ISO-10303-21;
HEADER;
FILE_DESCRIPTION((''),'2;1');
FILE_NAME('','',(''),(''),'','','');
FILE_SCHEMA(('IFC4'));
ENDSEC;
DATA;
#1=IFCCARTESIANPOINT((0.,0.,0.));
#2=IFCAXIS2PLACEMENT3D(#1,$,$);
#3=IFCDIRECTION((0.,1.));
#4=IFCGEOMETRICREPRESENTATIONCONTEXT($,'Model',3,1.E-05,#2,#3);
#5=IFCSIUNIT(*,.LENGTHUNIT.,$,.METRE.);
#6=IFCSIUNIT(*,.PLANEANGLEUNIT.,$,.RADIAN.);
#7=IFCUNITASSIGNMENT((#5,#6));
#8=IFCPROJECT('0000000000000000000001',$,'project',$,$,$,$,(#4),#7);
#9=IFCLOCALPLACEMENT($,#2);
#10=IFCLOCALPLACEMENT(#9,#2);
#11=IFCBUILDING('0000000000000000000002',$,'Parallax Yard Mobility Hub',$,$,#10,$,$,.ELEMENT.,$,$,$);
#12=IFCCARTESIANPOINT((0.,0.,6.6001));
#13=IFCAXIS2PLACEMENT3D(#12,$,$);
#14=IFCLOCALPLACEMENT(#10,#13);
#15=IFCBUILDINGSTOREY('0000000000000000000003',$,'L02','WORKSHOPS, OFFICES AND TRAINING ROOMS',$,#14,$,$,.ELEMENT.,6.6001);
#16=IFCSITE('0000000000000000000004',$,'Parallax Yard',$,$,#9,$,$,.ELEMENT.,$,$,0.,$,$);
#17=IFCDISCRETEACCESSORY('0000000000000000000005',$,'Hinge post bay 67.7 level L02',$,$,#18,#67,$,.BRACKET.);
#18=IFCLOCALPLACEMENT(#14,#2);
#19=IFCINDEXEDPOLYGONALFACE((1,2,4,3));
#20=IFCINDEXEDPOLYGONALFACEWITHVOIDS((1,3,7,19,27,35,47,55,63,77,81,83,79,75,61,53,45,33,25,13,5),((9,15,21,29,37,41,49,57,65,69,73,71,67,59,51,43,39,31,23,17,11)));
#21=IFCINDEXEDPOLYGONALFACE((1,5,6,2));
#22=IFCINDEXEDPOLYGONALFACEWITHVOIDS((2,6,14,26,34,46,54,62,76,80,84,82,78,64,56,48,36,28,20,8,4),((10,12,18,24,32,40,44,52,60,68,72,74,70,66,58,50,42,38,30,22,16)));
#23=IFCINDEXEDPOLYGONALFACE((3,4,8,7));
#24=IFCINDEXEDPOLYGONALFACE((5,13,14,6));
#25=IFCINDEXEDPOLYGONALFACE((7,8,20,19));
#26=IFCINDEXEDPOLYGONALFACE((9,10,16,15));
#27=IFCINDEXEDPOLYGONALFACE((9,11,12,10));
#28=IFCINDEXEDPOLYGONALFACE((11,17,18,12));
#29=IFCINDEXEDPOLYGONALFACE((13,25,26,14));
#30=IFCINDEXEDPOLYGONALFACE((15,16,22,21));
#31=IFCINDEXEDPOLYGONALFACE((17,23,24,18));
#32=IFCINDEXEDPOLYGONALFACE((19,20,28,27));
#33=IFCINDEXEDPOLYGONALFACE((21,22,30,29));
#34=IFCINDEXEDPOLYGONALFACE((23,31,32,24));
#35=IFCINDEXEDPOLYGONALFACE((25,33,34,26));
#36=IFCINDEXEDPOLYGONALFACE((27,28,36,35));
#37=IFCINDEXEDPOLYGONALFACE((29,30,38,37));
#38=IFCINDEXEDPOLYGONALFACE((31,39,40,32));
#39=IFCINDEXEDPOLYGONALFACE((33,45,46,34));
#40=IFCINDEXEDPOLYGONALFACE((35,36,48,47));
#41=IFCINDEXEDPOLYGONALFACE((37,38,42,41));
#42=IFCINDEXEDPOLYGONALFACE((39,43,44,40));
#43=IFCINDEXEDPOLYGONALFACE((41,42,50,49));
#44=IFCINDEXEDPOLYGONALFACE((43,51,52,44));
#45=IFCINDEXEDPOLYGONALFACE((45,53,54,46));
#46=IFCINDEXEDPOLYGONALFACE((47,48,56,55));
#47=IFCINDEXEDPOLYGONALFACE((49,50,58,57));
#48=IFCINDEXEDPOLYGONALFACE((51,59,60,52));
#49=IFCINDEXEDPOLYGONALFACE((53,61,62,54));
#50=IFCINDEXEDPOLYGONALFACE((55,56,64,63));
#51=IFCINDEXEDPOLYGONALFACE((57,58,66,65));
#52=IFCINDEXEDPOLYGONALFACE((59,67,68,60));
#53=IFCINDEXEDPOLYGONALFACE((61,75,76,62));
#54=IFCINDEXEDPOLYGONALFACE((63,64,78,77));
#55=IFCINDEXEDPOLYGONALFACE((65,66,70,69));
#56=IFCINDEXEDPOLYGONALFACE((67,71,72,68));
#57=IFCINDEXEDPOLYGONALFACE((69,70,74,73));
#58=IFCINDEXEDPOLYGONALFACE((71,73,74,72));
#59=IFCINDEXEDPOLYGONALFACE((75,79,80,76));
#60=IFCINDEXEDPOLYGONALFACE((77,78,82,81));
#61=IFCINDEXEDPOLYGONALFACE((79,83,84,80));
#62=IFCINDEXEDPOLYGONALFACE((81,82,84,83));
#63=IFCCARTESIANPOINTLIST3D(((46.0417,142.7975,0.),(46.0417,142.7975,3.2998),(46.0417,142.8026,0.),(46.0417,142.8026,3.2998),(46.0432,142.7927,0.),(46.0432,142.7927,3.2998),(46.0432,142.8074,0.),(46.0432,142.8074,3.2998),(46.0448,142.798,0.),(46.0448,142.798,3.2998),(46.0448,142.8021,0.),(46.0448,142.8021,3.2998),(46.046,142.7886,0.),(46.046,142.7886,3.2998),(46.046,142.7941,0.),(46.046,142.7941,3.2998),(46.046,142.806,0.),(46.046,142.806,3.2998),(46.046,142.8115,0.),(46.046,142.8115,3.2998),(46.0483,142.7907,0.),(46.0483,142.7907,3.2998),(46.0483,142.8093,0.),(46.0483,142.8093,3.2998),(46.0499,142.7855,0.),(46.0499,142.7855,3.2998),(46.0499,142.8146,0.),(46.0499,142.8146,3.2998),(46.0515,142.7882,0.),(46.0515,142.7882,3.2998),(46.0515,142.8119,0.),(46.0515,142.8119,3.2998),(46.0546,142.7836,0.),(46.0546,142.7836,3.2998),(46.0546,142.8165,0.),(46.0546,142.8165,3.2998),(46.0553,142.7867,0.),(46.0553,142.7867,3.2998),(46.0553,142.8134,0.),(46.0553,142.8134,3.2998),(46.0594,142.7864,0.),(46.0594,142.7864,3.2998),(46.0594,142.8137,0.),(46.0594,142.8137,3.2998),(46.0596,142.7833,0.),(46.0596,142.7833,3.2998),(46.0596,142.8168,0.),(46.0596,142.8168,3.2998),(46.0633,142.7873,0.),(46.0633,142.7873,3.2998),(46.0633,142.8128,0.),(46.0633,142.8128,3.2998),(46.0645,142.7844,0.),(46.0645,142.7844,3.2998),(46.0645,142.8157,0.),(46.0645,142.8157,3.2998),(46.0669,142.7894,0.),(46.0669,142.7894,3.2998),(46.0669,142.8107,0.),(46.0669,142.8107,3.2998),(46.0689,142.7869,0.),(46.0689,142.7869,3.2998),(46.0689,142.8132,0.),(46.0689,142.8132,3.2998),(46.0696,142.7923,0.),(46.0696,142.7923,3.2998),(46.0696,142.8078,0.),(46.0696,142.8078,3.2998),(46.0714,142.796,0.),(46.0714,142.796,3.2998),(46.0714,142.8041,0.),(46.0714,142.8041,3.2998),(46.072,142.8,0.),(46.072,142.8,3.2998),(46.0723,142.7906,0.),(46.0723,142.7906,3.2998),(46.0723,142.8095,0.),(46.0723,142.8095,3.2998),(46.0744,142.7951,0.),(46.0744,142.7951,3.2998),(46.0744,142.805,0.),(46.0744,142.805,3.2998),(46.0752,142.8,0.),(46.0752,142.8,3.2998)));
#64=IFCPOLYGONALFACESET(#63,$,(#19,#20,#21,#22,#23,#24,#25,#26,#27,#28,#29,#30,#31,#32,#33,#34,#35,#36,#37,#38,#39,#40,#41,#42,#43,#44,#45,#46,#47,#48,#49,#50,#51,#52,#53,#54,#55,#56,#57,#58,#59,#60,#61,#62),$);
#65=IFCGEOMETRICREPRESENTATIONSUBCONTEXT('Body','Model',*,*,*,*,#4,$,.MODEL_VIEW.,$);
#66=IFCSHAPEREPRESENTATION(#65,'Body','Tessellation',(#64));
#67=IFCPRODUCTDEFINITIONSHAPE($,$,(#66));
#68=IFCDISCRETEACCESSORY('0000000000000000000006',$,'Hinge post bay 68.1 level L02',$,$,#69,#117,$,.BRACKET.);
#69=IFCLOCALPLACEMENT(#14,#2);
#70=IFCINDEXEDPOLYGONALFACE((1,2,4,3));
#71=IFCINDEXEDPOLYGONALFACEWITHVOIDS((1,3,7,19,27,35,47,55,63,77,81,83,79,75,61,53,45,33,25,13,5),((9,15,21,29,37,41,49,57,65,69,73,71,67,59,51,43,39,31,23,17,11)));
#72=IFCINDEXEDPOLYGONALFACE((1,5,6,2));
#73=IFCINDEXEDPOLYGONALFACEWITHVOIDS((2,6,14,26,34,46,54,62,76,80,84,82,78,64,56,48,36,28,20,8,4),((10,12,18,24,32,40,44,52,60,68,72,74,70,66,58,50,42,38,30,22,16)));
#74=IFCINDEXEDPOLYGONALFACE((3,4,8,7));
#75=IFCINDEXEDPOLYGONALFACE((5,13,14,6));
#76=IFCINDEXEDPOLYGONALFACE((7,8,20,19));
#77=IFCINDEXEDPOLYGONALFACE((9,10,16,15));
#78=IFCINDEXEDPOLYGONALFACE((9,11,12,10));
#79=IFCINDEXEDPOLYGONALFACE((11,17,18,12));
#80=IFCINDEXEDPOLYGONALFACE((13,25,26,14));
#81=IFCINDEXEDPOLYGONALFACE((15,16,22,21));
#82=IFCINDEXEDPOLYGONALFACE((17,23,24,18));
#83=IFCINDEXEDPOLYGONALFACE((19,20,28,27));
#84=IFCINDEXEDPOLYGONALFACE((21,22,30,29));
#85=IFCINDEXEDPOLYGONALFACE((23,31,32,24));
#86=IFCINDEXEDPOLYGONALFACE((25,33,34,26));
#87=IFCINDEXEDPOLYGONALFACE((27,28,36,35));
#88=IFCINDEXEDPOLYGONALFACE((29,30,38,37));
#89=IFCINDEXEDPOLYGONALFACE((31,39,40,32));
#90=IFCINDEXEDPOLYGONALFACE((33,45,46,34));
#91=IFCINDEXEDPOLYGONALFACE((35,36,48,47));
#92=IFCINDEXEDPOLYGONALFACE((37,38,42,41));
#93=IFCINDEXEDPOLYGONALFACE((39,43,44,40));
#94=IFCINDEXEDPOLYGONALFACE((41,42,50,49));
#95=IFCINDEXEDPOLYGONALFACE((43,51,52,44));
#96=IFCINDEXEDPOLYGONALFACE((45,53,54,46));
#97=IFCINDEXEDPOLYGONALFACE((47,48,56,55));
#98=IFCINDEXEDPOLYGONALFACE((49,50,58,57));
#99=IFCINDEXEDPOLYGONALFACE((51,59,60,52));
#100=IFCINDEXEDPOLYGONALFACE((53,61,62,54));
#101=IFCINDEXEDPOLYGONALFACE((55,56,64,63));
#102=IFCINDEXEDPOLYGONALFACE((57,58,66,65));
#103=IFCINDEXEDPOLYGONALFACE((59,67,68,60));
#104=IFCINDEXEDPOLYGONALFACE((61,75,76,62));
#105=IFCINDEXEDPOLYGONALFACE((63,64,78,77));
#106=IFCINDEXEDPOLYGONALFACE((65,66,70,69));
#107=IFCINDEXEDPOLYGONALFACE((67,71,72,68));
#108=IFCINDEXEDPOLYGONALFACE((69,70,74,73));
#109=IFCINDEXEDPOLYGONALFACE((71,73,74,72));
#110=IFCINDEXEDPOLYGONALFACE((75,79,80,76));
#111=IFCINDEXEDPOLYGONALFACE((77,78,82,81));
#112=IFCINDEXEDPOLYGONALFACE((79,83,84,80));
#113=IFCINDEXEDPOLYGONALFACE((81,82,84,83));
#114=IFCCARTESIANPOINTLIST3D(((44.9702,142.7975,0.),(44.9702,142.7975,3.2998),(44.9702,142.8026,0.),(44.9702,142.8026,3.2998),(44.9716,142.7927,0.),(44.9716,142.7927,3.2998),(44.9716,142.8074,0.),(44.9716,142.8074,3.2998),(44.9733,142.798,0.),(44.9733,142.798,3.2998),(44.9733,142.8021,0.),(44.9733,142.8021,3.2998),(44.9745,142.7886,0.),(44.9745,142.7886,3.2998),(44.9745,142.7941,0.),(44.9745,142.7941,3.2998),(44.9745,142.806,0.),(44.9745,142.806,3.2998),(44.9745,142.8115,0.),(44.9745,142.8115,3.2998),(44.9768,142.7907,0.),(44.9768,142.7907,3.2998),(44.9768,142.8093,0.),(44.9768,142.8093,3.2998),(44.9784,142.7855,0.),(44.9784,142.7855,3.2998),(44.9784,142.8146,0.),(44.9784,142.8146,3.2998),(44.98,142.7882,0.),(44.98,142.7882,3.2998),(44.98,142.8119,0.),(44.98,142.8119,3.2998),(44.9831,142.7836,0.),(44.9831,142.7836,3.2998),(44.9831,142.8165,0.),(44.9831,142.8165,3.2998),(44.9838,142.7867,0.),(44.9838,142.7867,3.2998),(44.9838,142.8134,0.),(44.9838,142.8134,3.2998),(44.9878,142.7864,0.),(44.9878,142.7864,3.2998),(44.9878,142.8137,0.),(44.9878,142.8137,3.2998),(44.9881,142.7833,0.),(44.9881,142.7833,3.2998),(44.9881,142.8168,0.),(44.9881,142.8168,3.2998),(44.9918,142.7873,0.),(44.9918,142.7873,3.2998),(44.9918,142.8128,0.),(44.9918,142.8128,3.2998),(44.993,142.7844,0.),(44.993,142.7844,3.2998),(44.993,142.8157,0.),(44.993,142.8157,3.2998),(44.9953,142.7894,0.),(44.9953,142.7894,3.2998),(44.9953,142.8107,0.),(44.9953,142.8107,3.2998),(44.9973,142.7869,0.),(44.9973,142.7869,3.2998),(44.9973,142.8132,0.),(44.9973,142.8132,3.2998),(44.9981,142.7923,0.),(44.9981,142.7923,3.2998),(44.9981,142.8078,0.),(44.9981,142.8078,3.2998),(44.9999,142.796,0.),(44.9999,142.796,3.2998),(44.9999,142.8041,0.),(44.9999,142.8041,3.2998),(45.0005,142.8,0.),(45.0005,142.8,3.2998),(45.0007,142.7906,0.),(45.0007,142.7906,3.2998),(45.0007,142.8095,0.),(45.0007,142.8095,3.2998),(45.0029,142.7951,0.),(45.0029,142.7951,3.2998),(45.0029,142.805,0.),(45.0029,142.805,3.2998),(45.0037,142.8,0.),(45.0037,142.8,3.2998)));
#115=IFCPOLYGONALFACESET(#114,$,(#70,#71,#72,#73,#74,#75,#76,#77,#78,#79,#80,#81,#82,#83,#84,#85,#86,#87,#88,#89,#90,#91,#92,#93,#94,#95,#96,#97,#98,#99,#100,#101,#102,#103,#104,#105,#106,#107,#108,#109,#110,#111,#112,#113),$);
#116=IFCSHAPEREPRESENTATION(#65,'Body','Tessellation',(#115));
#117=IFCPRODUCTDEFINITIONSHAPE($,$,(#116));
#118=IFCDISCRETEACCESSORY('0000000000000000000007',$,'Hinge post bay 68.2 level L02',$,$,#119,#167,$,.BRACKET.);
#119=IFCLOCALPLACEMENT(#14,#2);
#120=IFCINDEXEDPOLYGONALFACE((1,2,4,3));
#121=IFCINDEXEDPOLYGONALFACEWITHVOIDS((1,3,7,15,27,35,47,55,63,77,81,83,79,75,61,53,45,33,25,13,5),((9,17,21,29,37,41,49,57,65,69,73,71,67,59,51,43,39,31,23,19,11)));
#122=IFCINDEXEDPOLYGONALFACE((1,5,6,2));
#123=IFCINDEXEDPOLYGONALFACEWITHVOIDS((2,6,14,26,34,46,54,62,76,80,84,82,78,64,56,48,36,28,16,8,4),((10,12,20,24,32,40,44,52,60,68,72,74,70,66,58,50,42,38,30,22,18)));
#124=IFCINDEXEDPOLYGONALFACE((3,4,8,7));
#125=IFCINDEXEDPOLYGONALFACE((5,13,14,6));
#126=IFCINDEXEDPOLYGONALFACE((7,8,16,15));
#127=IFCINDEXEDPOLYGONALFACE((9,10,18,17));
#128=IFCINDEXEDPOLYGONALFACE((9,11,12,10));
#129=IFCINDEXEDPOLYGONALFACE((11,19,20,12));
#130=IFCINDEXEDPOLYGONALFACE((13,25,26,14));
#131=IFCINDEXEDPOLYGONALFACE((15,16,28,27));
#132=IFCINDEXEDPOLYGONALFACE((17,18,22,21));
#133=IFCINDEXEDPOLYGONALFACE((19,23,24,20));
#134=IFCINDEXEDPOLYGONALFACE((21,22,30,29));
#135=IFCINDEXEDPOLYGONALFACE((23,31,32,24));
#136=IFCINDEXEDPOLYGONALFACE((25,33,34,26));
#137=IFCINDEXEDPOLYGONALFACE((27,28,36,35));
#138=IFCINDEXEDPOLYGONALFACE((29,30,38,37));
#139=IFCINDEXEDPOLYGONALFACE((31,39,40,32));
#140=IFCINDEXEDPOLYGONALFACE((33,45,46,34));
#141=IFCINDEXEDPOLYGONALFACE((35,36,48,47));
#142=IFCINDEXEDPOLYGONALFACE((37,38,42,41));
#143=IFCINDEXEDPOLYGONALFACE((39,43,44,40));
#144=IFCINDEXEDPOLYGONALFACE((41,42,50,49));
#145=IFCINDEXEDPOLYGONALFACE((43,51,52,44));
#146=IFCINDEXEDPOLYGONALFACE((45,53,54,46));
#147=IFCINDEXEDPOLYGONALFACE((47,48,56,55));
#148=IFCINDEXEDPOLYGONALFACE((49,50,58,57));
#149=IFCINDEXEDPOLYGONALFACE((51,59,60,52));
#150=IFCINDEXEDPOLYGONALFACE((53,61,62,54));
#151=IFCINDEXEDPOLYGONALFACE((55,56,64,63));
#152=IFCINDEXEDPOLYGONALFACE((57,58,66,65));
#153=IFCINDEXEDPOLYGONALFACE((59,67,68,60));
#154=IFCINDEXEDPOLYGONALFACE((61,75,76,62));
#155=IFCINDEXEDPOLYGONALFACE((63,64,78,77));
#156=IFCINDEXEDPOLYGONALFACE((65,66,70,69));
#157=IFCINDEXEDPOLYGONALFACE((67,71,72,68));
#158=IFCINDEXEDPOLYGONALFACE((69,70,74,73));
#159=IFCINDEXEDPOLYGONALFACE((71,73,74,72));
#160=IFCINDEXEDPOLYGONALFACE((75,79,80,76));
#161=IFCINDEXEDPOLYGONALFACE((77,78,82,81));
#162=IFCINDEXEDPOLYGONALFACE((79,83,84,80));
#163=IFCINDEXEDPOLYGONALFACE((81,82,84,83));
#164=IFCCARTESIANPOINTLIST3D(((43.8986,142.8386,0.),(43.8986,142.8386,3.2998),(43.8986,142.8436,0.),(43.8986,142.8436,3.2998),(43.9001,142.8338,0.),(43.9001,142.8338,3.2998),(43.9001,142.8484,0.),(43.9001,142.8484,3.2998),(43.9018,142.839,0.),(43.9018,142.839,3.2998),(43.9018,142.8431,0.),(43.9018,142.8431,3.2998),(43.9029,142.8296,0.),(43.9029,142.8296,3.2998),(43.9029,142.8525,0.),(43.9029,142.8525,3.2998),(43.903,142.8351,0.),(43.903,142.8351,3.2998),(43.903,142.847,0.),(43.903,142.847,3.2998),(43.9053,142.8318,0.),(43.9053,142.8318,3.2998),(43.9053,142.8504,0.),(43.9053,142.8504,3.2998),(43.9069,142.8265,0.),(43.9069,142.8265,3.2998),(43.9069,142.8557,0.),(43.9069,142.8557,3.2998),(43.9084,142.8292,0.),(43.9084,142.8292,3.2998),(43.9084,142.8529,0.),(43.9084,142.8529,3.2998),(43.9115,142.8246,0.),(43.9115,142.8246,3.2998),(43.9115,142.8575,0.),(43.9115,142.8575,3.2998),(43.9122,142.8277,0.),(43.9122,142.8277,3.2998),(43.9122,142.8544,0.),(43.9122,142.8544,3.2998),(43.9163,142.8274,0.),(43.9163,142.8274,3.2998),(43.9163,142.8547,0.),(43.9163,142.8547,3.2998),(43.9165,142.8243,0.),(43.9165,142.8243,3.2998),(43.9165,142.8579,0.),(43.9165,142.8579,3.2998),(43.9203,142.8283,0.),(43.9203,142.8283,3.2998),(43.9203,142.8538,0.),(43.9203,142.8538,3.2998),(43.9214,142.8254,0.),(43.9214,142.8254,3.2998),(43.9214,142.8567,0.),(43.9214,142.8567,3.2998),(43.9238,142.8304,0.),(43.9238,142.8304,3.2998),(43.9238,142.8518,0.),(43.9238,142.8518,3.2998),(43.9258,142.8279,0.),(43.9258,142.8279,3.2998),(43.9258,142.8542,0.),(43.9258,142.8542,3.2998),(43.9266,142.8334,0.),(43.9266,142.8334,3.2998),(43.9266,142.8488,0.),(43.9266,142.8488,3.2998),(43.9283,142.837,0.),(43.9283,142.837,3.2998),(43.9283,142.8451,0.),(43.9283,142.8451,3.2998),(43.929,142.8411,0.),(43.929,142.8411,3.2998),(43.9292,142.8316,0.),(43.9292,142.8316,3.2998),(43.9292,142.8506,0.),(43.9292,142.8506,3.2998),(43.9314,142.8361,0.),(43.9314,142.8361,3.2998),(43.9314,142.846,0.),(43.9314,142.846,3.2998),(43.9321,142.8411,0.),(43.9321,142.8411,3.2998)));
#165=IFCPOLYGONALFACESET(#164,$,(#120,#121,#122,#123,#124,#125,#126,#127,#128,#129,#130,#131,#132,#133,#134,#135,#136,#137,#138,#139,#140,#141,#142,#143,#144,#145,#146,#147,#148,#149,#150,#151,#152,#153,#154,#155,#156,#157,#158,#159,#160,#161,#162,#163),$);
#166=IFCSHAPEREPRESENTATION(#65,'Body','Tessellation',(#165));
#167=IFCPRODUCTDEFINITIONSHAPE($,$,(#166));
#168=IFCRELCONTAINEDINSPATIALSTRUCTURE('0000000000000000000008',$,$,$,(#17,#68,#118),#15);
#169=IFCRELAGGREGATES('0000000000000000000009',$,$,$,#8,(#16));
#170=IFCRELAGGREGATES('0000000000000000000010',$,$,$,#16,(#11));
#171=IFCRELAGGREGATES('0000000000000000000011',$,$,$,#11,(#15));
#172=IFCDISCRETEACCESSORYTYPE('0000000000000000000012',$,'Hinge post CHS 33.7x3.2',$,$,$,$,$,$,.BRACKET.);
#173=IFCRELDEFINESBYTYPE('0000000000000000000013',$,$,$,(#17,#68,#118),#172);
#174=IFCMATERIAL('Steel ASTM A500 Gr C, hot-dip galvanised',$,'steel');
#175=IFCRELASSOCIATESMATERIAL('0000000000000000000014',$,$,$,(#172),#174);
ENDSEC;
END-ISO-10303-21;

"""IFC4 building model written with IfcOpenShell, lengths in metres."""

from ifc_helpers import new_model, si_unit, direction, frame, origin, origin_2d, place, context, subcontext, project, spatial, hollow_circle, extrude, material, material_profile, profile_set, type_object, element, save


model = new_model("IFC4")

# Units and contexts
model_context = context("Model", 3, precision=1e-05, world=origin(), true_north=direction((0.0, 1.0)))
body_context = subcontext(model_context, "Body", "Model", "MODEL_VIEW")
ifc_project = project(units=[si_unit("LENGTHUNIT", "METRE"), si_unit("PLANEANGLEUNIT", "RADIAN")], contexts=[model_context])

# Site, building, storey
site_placement = place(None, origin())
site = spatial("IfcSite", under=ifc_project, at=site_placement, Name="Parallax Yard", CompositionType="ELEMENT", RefElevation=0.0)
building_placement = place(site_placement, origin())
building = spatial("IfcBuilding", under=site, at=building_placement, Name="Parallax Yard Mobility Hub", CompositionType="ELEMENT")
storey_placement = place(building_placement, frame((0.0, 0.0, 6.6001)))
storey = spatial("IfcBuildingStorey", under=building, at=storey_placement, Name="L02", Description="WORKSHOPS, OFFICES AND TRAINING ROOMS", CompositionType="ELEMENT", Elevation=6.6001)

# Discrete accessories
ifc_material_1 = material(Name="Steel ASTM A500 Gr C, hot-dip galvanised", Category="steel")
ifc_material_profile_1 = material_profile(ifc_material_1, hollow_circle(Radius=0.0168, WallThickness=0.0032, at=origin_2d()), Name="CHS 33.7x3.2")
ifc_profile_set_1 = profile_set([ifc_material_profile_1], Name="Steel ASTM A500 Gr C, hot-dip galvanised")
discrete_accessory_type_1 = type_object("IfcDiscreteAccessoryType", Name="Hinge post CHS 33.7x3.2", PredefinedType="BRACKET", material=ifc_profile_set_1)
for number, where, z_axis, x_axis, name in (
    (1, (46.0583, 142.8, 0.0), (0.0, 0.0, 1.0), (1.0, 0.0, 0.0), "Hinge post bay 67.7 level L02"),
    (2, (44.9868, 142.8, 0.0), (0.0, 0.0, 1.0), (1.0, 0.0, 0.0), "Hinge post bay 68.1 level L02"),
    (3, (43.9153, 142.8411, 0.0), (0.0, 0.0, 1.0), (1.0, 0.0, 0.0), "Hinge post bay 68.2 level L02"),
):
    element("IfcDiscreteAccessory", number, at=place(storey_placement, frame(where, z_axis=z_axis, x_axis=x_axis)), inside=storey, type_object=discrete_accessory_type_1, Name=name, PredefinedType="BRACKET", context=body_context, shape_type="SweptSolid", body=[
        extrude(hollow_circle(Radius=0.0168, WallThickness=0.0032, at=origin_2d()), origin(), (0.0, 0.0, 1.0), 3.2998),
    ])

save(model, "model.ifc")
